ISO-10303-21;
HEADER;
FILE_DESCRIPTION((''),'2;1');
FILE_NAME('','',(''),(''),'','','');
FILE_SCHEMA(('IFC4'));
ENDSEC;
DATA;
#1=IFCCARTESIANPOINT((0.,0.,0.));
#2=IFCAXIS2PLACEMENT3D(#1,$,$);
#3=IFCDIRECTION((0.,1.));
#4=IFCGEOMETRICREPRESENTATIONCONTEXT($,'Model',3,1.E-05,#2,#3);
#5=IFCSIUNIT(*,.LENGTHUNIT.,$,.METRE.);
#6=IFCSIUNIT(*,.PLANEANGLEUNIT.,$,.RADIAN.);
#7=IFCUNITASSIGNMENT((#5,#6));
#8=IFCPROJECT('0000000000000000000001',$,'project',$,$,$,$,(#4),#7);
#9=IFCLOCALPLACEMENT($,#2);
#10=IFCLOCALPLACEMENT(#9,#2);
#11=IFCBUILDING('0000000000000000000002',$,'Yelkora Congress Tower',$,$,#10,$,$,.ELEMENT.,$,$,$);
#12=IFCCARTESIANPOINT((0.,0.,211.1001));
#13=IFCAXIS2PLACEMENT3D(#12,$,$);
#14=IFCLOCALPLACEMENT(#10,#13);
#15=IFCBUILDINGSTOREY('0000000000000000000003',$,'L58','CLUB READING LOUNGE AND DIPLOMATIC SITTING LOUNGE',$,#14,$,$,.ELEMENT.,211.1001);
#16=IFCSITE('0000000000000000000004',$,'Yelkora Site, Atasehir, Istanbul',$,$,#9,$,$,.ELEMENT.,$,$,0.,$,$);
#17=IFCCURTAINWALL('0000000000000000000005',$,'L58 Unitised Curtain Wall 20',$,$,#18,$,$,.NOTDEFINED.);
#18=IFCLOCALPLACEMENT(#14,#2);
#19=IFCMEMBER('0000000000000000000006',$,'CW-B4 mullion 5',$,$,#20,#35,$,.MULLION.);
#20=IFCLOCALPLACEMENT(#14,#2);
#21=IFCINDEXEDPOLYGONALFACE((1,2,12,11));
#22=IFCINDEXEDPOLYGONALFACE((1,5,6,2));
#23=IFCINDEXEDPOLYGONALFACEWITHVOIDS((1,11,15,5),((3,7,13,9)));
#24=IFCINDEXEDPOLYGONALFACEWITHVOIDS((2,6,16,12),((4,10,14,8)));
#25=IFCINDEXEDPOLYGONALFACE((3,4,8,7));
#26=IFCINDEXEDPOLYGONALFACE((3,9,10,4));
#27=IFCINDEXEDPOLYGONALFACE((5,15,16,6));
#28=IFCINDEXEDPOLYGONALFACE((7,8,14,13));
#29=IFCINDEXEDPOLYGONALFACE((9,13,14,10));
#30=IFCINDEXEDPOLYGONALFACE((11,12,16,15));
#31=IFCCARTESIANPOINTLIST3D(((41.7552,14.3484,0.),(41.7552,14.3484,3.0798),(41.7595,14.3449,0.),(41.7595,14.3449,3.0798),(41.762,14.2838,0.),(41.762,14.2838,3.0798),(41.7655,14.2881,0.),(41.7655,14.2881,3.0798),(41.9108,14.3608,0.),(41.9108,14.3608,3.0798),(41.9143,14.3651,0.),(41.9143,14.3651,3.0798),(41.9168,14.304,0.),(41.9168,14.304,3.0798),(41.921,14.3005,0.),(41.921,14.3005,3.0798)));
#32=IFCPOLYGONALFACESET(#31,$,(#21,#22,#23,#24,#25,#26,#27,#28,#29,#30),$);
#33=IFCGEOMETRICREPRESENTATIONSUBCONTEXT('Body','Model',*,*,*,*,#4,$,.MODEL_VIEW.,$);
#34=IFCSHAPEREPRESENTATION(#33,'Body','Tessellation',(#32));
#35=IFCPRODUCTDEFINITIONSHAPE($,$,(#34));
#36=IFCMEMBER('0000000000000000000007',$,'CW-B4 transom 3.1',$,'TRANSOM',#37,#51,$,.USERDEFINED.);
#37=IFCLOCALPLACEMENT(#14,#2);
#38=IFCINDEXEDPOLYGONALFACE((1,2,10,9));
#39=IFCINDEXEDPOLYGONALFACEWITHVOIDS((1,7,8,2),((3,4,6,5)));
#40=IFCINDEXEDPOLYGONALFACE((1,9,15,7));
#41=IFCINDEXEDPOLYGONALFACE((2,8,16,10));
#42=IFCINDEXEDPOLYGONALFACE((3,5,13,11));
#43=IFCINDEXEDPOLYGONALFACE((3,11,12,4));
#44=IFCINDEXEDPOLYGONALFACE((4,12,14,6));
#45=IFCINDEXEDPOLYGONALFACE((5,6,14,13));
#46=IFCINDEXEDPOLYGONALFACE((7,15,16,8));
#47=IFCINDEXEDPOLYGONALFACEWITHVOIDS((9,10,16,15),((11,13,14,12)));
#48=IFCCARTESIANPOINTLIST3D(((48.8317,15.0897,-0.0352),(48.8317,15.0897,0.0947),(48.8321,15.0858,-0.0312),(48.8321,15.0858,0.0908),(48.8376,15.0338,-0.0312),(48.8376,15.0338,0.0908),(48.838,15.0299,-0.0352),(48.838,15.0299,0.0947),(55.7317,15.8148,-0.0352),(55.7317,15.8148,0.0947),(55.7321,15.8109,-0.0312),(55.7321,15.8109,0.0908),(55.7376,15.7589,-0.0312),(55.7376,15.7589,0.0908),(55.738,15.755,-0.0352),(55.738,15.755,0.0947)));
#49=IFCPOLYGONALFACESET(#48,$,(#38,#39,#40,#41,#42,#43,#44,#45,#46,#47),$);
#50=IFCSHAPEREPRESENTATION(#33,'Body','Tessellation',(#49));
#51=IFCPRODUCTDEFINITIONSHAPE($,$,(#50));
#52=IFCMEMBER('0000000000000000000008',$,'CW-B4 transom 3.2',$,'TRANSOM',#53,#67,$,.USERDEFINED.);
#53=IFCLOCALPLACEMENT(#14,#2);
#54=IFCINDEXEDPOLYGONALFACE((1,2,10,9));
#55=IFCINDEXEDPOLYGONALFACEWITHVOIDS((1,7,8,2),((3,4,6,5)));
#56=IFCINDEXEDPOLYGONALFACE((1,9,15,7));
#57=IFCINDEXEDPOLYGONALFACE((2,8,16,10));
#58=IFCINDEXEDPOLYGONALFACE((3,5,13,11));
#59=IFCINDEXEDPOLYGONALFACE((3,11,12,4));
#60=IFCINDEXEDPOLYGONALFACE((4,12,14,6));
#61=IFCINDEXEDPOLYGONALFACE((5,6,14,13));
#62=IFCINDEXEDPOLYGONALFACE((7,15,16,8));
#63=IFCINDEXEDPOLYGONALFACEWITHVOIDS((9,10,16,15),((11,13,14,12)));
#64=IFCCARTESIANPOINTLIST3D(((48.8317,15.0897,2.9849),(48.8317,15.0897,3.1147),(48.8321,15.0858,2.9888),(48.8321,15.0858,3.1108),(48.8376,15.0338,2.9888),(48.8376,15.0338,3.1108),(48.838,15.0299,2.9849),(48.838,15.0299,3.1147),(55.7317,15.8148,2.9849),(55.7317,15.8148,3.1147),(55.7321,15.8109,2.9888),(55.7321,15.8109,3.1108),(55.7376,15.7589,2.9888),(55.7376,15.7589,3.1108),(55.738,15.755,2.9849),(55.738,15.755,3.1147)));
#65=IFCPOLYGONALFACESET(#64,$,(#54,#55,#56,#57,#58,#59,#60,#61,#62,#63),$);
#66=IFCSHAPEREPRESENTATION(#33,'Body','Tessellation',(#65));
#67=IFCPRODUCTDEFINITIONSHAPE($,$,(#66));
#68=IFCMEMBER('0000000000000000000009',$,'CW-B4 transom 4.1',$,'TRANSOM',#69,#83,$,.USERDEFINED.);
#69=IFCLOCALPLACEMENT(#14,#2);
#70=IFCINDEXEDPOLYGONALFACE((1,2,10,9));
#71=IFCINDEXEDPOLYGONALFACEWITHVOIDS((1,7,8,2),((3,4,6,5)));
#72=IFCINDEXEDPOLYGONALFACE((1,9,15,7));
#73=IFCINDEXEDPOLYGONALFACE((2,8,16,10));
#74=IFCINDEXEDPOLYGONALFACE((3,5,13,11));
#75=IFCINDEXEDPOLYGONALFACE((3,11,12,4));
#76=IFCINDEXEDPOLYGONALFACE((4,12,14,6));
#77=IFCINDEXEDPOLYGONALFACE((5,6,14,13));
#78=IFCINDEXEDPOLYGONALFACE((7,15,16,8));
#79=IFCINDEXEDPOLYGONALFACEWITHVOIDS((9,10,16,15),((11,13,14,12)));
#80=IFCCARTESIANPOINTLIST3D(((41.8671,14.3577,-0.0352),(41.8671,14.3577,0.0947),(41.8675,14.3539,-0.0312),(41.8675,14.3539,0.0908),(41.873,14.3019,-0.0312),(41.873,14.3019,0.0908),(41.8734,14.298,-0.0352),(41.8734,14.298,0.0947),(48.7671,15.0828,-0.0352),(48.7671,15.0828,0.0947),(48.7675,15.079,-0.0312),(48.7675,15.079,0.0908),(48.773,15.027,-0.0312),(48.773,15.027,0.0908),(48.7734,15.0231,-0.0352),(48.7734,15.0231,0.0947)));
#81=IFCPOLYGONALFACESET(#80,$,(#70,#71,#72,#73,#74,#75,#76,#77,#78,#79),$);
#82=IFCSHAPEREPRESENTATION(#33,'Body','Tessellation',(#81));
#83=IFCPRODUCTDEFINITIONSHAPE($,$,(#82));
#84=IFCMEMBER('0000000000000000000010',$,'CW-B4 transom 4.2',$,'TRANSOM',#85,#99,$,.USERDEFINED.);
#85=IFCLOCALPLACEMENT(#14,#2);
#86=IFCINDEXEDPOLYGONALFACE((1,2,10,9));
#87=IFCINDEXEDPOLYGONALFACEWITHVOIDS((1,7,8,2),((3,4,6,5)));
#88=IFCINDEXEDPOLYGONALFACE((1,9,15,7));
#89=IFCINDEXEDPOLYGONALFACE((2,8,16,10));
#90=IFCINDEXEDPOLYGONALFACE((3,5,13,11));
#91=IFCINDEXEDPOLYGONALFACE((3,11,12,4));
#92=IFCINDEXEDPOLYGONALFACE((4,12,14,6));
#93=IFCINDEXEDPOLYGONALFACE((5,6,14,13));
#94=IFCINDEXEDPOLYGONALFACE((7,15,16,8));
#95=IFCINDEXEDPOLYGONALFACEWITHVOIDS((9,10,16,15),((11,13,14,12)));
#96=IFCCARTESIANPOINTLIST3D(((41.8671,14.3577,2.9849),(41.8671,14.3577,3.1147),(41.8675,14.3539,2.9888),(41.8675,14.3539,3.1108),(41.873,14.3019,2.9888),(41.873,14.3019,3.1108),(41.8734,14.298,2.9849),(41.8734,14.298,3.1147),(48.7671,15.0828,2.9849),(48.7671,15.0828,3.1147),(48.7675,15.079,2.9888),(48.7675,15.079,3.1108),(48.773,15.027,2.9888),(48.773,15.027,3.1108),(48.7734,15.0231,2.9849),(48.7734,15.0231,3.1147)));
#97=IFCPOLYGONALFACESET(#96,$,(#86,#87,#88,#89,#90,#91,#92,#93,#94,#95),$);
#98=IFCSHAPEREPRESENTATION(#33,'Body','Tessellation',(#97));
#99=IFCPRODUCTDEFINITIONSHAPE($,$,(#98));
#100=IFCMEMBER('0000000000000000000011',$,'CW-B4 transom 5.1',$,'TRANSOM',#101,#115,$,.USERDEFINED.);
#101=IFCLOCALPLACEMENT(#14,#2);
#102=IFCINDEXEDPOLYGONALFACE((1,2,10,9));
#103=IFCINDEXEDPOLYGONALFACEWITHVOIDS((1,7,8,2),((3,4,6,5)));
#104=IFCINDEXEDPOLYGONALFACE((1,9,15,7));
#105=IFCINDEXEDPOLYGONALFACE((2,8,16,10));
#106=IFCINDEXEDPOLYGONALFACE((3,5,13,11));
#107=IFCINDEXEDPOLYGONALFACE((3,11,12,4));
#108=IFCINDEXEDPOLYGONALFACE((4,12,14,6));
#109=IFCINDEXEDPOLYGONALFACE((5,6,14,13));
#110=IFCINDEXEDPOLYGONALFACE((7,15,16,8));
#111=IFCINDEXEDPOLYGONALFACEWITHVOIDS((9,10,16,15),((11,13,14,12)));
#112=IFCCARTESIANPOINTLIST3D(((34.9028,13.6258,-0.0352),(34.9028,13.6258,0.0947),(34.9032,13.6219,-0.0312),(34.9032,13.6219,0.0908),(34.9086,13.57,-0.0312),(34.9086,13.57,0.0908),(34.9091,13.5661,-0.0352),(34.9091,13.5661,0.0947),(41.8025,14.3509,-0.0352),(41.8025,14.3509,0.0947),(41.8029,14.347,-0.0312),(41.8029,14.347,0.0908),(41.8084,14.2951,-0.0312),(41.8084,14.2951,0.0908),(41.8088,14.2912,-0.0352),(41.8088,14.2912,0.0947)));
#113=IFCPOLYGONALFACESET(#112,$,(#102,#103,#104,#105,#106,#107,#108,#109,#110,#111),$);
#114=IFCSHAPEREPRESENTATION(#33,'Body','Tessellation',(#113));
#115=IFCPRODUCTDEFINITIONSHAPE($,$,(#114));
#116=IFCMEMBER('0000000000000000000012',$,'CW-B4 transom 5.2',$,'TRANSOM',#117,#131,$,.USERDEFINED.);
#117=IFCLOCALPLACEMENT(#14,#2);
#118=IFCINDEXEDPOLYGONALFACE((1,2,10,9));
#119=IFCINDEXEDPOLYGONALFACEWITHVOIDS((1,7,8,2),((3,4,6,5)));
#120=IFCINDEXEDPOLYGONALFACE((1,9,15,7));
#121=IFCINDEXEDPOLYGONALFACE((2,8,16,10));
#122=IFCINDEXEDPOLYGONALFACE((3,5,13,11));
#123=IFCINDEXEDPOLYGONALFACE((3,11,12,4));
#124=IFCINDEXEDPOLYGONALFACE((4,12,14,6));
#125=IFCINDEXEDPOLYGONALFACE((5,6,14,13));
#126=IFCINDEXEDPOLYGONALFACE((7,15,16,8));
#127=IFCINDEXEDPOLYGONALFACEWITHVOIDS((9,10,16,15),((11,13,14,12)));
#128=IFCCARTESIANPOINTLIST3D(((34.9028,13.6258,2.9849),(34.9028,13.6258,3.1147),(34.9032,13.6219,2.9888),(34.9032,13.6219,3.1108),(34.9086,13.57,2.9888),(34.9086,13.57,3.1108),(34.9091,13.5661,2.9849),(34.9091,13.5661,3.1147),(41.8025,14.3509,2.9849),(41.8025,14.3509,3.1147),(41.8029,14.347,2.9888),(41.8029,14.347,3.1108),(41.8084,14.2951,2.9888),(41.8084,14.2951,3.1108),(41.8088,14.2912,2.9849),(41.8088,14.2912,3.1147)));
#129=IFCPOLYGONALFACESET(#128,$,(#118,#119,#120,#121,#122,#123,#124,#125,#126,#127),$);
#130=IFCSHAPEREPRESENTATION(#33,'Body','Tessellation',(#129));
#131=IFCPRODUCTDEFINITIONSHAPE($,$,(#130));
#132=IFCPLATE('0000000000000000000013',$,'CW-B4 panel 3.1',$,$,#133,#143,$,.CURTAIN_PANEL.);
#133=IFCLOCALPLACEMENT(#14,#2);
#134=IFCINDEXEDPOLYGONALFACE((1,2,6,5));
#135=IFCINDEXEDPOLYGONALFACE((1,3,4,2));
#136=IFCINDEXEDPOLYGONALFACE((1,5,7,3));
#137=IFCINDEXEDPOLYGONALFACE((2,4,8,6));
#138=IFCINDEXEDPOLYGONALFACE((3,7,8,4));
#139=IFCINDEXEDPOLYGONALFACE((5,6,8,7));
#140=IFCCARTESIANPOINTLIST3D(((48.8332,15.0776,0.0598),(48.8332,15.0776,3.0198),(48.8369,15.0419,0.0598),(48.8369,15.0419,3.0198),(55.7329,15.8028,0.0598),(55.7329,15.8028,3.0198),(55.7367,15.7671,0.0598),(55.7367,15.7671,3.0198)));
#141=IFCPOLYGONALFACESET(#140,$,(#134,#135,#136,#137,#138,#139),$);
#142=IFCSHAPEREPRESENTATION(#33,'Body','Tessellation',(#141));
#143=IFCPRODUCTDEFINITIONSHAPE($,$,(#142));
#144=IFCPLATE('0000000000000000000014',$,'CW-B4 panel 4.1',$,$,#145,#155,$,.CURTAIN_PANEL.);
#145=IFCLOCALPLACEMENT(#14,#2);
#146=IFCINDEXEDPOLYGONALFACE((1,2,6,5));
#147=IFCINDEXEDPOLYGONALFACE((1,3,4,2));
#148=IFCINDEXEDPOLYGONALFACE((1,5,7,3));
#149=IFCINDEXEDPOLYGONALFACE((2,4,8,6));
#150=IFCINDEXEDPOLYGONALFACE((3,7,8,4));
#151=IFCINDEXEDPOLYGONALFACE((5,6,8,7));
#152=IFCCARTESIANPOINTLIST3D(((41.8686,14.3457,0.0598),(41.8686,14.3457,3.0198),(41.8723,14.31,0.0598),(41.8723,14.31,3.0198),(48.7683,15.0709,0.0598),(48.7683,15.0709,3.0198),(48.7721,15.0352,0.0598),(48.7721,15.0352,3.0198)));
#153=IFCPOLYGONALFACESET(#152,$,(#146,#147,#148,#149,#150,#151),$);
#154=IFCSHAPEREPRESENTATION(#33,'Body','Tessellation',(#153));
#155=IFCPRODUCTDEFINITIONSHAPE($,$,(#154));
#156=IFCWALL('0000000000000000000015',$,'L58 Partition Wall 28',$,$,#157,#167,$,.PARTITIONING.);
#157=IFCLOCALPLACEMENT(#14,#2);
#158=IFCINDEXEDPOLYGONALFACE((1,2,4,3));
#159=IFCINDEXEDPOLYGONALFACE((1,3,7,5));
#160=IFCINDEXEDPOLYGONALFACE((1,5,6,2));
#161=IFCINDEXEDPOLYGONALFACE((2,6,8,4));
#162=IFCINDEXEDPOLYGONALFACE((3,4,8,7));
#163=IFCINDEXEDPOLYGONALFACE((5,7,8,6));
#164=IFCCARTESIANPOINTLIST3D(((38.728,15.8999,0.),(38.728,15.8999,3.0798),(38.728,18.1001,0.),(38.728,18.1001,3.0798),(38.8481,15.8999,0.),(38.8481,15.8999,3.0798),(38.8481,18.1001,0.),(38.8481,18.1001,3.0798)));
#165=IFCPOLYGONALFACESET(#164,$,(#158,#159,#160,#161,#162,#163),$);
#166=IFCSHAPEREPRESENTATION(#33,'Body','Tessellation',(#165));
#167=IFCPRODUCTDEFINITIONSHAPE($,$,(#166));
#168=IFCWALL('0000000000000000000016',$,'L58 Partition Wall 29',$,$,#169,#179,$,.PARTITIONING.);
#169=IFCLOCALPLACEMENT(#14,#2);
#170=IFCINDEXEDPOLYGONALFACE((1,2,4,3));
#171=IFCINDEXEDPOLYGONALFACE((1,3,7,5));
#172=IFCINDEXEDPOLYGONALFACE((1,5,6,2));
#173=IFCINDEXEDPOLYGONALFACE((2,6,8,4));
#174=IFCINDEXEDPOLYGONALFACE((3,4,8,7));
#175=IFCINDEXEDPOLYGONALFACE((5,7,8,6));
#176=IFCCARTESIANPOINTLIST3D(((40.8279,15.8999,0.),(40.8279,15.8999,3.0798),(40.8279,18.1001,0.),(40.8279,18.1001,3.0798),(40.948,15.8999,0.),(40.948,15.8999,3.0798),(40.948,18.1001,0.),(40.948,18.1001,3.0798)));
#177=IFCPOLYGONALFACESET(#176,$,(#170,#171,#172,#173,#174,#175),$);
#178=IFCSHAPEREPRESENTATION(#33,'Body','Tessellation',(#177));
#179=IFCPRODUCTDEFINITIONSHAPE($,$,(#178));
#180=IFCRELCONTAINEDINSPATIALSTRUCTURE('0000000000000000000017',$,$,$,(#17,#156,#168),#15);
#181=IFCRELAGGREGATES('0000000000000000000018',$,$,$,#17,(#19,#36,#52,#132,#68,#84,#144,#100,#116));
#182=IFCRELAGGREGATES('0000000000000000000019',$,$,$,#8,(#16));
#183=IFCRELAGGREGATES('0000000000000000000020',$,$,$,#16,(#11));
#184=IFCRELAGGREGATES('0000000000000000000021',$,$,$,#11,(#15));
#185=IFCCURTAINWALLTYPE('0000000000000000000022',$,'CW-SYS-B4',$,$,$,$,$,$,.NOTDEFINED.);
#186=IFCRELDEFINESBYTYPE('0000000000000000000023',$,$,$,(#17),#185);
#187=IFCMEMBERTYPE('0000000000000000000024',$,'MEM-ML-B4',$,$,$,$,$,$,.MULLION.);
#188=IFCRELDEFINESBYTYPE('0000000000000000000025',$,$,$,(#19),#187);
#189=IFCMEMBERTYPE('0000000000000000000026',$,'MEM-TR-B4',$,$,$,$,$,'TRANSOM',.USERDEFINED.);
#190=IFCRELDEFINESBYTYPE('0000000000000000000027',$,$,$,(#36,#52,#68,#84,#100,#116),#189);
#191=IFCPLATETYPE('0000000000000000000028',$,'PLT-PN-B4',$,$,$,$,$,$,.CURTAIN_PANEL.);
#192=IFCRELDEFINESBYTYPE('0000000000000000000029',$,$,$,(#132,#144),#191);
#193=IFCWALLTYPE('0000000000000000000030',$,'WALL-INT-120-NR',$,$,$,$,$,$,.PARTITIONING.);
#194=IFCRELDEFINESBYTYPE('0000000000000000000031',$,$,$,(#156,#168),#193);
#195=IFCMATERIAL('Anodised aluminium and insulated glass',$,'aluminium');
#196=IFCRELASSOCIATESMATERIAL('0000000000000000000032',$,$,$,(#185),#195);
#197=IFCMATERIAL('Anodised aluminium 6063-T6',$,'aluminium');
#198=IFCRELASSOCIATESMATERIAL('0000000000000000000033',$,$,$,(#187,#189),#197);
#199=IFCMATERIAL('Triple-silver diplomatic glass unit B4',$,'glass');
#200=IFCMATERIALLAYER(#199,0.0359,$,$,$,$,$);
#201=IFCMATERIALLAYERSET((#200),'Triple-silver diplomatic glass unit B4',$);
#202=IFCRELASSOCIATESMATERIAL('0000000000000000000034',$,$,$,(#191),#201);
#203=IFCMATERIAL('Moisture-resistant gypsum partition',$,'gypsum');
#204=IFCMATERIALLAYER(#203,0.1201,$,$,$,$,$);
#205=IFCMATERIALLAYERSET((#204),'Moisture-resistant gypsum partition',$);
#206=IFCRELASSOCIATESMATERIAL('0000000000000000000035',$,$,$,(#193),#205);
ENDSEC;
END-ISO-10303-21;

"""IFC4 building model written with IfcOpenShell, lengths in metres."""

from ifc_helpers import new_model, si_unit, direction, frame, frame_2d, origin, origin_2d, place, context, subcontext, project, spatial, rectangle, hollow_rectangle, extrude, material, layer, layer_set, material_profile, profile_set, type_object, element, aggregate, save


model = new_model("IFC4")

# Units and contexts
model_context = context("Model", 3, precision=1e-05, world=origin(), true_north=direction((0.0, 1.0)))
body_context = subcontext(model_context, "Body", "Model", "MODEL_VIEW")
ifc_project = project(units=[si_unit("LENGTHUNIT", "METRE"), si_unit("PLANEANGLEUNIT", "RADIAN")], contexts=[model_context])

# Site, building, storey
site_placement = place(None, origin())
site = spatial("IfcSite", under=ifc_project, at=site_placement, Name="Yelkora Site, Atasehir, Istanbul", CompositionType="ELEMENT", RefElevation=0.0)
building_placement = place(site_placement, origin())
building = spatial("IfcBuilding", under=site, at=building_placement, Name="Yelkora Congress Tower", CompositionType="ELEMENT")
storey_placement = place(building_placement, frame((0.0, 0.0, 211.1001)))
storey = spatial("IfcBuildingStorey", under=building, at=storey_placement, Name="L58", Description="CLUB READING LOUNGE AND DIPLOMATIC SITTING LOUNGE", CompositionType="ELEMENT", Elevation=211.1001)

# Curtain wall, members, plates
ifc_material_1 = material(Name="Anodised aluminium and insulated glass", Category="aluminium")
curtain_wall_type = type_object("IfcCurtainWallType", Name="CW-SYS-B4", PredefinedType="NOTDEFINED", material=ifc_material_1)
curtain_wall_placement = place(storey_placement, origin())
curtain_wall = element("IfcCurtainWall", 1, at=curtain_wall_placement, inside=storey, type_object=curtain_wall_type, Name="L58 Unitised Curtain Wall 20", PredefinedType="NOTDEFINED")
ifc_material_2 = material(Name="Anodised aluminium 6063-T6", Category="aluminium")
ifc_material_profile_1 = material_profile(ifc_material_2, hollow_rectangle(XDim=0.0649, YDim=0.1599, WallThickness=0.0039, at=origin_2d()), Name="ALU 65x160x4")
ifc_profile_set_1 = profile_set([ifc_material_profile_1], Name="Anodised aluminium 6063-T6")
member_type_1 = type_object("IfcMemberType", Name="MEM-ML-B4", PredefinedType="MULLION", material=ifc_profile_set_1)
member_1_placement = place(storey_placement, frame((41.8381, 14.3245, 0.0), z_axis=(0.0, 0.0, 1.0), x_axis=(0.104527, -0.994522, 0.0)))
member_1 = element("IfcMember", 2, at=member_1_placement, type_object=member_type_1, Name="CW-B4 mullion 5", PredefinedType="MULLION", context=body_context, shape_type="SweptSolid", body=[
    extrude(hollow_rectangle(XDim=0.0649, YDim=0.1599, WallThickness=0.0039, at=origin_2d()), origin(), (0.0, 0.0, 1.0), 3.0798),
])
ifc_material_profile_2 = material_profile(ifc_material_2, hollow_rectangle(XDim=0.0601, YDim=0.1299, WallThickness=0.0039, at=origin_2d()), Name="ALU 60x130x4")
ifc_profile_set_2 = profile_set([ifc_material_profile_2], Name="Anodised aluminium 6063-T6")
member_type_2 = type_object("IfcMemberType", Name="MEM-TR-B4", ElementType="TRANSOM", PredefinedType="USERDEFINED", material=ifc_profile_set_2)
member_2_placement = place(storey_placement, frame((55.7349, 15.7849, 0.0298), z_axis=(-0.994524, -0.104513, 0.0), x_axis=(0.104513, -0.994524, 0.0)))
member_2 = element("IfcMember", 3, at=member_2_placement, type_object=member_type_2, Name="CW-B4 transom 3.1", ObjectType="TRANSOM", PredefinedType="USERDEFINED", context=body_context, shape_type="SweptSolid", body=[
    extrude(hollow_rectangle(XDim=0.0601, YDim=0.1299, WallThickness=0.0039, at=origin_2d()), origin(), (0.0, 0.0, 1.0), 6.938),
])
member_3_placement = place(storey_placement, frame((55.7349, 15.7849, 3.0498), z_axis=(-0.994524, -0.104513, 0.0), x_axis=(0.104513, -0.994524, 0.0)))
member_3 = element("IfcMember", 4, at=member_3_placement, type_object=member_type_2, Name="CW-B4 transom 3.2", ObjectType="TRANSOM", PredefinedType="USERDEFINED", context=body_context, shape_type="SweptSolid", body=[
    extrude(hollow_rectangle(XDim=0.0601, YDim=0.1299, WallThickness=0.0039, at=origin_2d()), origin(), (0.0, 0.0, 1.0), 6.938),
])
member_4_placement = place(storey_placement, frame((48.7703, 15.053, 0.0298), z_axis=(-0.994524, -0.104513, 0.0), x_axis=(0.104513, -0.994524, 0.0)))
member_4 = element("IfcMember", 5, at=member_4_placement, type_object=member_type_2, Name="CW-B4 transom 4.1", ObjectType="TRANSOM", PredefinedType="USERDEFINED", context=body_context, shape_type="SweptSolid", body=[
    extrude(hollow_rectangle(XDim=0.0601, YDim=0.1299, WallThickness=0.0039, at=origin_2d()), origin(), (0.0, 0.0, 1.0), 6.938),
])
member_5_placement = place(storey_placement, frame((48.7703, 15.053, 3.0498), z_axis=(-0.994524, -0.104513, 0.0), x_axis=(0.104513, -0.994524, 0.0)))
member_5 = element("IfcMember", 6, at=member_5_placement, type_object=member_type_2, Name="CW-B4 transom 4.2", ObjectType="TRANSOM", PredefinedType="USERDEFINED", context=body_context, shape_type="SweptSolid", body=[
    extrude(hollow_rectangle(XDim=0.0601, YDim=0.1299, WallThickness=0.0039, at=origin_2d()), origin(), (0.0, 0.0, 1.0), 6.938),
])
member_6_placement = place(storey_placement, frame((41.8057, 14.321, 0.0298), z_axis=(-0.994523, -0.104516, 0.0), x_axis=(0.104516, -0.994523, 0.0)))
member_6 = element("IfcMember", 7, at=member_6_placement, type_object=member_type_2, Name="CW-B4 transom 5.1", ObjectType="TRANSOM", PredefinedType="USERDEFINED", context=body_context, shape_type="SweptSolid", body=[
    extrude(hollow_rectangle(XDim=0.0601, YDim=0.1299, WallThickness=0.0039, at=origin_2d()), origin(), (0.0, 0.0, 1.0), 6.9377),
])
member_7_placement = place(storey_placement, frame((41.8057, 14.321, 3.0498), z_axis=(-0.994523, -0.104516, 0.0), x_axis=(0.104516, -0.994523, 0.0)))
member_7 = element("IfcMember", 8, at=member_7_placement, type_object=member_type_2, Name="CW-B4 transom 5.2", ObjectType="TRANSOM", PredefinedType="USERDEFINED", context=body_context, shape_type="SweptSolid", body=[
    extrude(hollow_rectangle(XDim=0.0601, YDim=0.1299, WallThickness=0.0039, at=origin_2d()), origin(), (0.0, 0.0, 1.0), 6.9377),
])
ifc_material_3 = material(Name="Triple-silver diplomatic glass unit B4", Category="glass")
ifc_layer_1 = layer(ifc_material_3, 0.0359)
ifc_layer_set_1 = layer_set([ifc_layer_1], Name="Triple-silver diplomatic glass unit B4")
plate_type = type_object("IfcPlateType", Name="PLT-PN-B4", PredefinedType="CURTAIN_PANEL", material=ifc_layer_set_1)
plate_1_placement = place(storey_placement, frame((52.2849, 15.4224, 0.0598), z_axis=(0.0, 0.0, 1.0), x_axis=(-0.994522, -0.104527, 0.0)))
plate_1 = element("IfcPlate", 9, at=plate_1_placement, type_object=plate_type, Name="CW-B4 panel 3.1", PredefinedType="CURTAIN_PANEL", context=body_context, shape_type="SweptSolid", body=[
    extrude(rectangle(XDim=6.9377, YDim=0.0359, at=origin_2d()), origin(), (0.0, 0.0, 1.0), 2.96),
])
plate_2_placement = place(storey_placement, frame((45.3203, 14.6904, 0.0598), z_axis=(0.0, 0.0, 1.0), x_axis=(-0.994522, -0.104527, 0.0)))
plate_2 = element("IfcPlate", 10, at=plate_2_placement, type_object=plate_type, Name="CW-B4 panel 4.1", PredefinedType="CURTAIN_PANEL", context=body_context, shape_type="SweptSolid", body=[
    extrude(rectangle(XDim=6.9377, YDim=0.0359, at=origin_2d()), origin(), (0.0, 0.0, 1.0), 2.96),
])
aggregate(curtain_wall, [member_1, member_2, member_3, plate_1, member_4, member_5, plate_2, member_6, member_7])

# Walls
ifc_material_4 = material(Name="Moisture-resistant gypsum partition", Category="gypsum")
ifc_layer_2 = layer(ifc_material_4, 0.1201)
ifc_layer_set_2 = layer_set([ifc_layer_2], Name="Moisture-resistant gypsum partition")
wall_type_1 = type_object("IfcWallType", Name="WALL-INT-120-NR", PredefinedType="PARTITIONING", material=ifc_layer_set_2)
for number, where, z_axis, x_axis, name in (
    (11, (38.7881, 15.8999, 0.0), (0.0, 0.0, 1.0), (0.0, 1.0, 0.0), "L58 Partition Wall 28"),
    (12, (40.8879, 15.8999, 0.0), (0.0, 0.0, 1.0), (0.0, 1.0, 0.0), "L58 Partition Wall 29"),
):
    element("IfcWall", number, at=place(storey_placement, frame(where, z_axis=z_axis, x_axis=x_axis)), inside=storey, type_object=wall_type_1, Name=name, PredefinedType="PARTITIONING", context=body_context, shape_type="SweptSolid", body=[
        extrude(rectangle(XDim=2.2002, YDim=0.1201, at=frame_2d((1.1001, 0.0))), origin(), (0.0, 0.0, 1.0), 3.0798),
    ])

save(model, "model.ifc")
